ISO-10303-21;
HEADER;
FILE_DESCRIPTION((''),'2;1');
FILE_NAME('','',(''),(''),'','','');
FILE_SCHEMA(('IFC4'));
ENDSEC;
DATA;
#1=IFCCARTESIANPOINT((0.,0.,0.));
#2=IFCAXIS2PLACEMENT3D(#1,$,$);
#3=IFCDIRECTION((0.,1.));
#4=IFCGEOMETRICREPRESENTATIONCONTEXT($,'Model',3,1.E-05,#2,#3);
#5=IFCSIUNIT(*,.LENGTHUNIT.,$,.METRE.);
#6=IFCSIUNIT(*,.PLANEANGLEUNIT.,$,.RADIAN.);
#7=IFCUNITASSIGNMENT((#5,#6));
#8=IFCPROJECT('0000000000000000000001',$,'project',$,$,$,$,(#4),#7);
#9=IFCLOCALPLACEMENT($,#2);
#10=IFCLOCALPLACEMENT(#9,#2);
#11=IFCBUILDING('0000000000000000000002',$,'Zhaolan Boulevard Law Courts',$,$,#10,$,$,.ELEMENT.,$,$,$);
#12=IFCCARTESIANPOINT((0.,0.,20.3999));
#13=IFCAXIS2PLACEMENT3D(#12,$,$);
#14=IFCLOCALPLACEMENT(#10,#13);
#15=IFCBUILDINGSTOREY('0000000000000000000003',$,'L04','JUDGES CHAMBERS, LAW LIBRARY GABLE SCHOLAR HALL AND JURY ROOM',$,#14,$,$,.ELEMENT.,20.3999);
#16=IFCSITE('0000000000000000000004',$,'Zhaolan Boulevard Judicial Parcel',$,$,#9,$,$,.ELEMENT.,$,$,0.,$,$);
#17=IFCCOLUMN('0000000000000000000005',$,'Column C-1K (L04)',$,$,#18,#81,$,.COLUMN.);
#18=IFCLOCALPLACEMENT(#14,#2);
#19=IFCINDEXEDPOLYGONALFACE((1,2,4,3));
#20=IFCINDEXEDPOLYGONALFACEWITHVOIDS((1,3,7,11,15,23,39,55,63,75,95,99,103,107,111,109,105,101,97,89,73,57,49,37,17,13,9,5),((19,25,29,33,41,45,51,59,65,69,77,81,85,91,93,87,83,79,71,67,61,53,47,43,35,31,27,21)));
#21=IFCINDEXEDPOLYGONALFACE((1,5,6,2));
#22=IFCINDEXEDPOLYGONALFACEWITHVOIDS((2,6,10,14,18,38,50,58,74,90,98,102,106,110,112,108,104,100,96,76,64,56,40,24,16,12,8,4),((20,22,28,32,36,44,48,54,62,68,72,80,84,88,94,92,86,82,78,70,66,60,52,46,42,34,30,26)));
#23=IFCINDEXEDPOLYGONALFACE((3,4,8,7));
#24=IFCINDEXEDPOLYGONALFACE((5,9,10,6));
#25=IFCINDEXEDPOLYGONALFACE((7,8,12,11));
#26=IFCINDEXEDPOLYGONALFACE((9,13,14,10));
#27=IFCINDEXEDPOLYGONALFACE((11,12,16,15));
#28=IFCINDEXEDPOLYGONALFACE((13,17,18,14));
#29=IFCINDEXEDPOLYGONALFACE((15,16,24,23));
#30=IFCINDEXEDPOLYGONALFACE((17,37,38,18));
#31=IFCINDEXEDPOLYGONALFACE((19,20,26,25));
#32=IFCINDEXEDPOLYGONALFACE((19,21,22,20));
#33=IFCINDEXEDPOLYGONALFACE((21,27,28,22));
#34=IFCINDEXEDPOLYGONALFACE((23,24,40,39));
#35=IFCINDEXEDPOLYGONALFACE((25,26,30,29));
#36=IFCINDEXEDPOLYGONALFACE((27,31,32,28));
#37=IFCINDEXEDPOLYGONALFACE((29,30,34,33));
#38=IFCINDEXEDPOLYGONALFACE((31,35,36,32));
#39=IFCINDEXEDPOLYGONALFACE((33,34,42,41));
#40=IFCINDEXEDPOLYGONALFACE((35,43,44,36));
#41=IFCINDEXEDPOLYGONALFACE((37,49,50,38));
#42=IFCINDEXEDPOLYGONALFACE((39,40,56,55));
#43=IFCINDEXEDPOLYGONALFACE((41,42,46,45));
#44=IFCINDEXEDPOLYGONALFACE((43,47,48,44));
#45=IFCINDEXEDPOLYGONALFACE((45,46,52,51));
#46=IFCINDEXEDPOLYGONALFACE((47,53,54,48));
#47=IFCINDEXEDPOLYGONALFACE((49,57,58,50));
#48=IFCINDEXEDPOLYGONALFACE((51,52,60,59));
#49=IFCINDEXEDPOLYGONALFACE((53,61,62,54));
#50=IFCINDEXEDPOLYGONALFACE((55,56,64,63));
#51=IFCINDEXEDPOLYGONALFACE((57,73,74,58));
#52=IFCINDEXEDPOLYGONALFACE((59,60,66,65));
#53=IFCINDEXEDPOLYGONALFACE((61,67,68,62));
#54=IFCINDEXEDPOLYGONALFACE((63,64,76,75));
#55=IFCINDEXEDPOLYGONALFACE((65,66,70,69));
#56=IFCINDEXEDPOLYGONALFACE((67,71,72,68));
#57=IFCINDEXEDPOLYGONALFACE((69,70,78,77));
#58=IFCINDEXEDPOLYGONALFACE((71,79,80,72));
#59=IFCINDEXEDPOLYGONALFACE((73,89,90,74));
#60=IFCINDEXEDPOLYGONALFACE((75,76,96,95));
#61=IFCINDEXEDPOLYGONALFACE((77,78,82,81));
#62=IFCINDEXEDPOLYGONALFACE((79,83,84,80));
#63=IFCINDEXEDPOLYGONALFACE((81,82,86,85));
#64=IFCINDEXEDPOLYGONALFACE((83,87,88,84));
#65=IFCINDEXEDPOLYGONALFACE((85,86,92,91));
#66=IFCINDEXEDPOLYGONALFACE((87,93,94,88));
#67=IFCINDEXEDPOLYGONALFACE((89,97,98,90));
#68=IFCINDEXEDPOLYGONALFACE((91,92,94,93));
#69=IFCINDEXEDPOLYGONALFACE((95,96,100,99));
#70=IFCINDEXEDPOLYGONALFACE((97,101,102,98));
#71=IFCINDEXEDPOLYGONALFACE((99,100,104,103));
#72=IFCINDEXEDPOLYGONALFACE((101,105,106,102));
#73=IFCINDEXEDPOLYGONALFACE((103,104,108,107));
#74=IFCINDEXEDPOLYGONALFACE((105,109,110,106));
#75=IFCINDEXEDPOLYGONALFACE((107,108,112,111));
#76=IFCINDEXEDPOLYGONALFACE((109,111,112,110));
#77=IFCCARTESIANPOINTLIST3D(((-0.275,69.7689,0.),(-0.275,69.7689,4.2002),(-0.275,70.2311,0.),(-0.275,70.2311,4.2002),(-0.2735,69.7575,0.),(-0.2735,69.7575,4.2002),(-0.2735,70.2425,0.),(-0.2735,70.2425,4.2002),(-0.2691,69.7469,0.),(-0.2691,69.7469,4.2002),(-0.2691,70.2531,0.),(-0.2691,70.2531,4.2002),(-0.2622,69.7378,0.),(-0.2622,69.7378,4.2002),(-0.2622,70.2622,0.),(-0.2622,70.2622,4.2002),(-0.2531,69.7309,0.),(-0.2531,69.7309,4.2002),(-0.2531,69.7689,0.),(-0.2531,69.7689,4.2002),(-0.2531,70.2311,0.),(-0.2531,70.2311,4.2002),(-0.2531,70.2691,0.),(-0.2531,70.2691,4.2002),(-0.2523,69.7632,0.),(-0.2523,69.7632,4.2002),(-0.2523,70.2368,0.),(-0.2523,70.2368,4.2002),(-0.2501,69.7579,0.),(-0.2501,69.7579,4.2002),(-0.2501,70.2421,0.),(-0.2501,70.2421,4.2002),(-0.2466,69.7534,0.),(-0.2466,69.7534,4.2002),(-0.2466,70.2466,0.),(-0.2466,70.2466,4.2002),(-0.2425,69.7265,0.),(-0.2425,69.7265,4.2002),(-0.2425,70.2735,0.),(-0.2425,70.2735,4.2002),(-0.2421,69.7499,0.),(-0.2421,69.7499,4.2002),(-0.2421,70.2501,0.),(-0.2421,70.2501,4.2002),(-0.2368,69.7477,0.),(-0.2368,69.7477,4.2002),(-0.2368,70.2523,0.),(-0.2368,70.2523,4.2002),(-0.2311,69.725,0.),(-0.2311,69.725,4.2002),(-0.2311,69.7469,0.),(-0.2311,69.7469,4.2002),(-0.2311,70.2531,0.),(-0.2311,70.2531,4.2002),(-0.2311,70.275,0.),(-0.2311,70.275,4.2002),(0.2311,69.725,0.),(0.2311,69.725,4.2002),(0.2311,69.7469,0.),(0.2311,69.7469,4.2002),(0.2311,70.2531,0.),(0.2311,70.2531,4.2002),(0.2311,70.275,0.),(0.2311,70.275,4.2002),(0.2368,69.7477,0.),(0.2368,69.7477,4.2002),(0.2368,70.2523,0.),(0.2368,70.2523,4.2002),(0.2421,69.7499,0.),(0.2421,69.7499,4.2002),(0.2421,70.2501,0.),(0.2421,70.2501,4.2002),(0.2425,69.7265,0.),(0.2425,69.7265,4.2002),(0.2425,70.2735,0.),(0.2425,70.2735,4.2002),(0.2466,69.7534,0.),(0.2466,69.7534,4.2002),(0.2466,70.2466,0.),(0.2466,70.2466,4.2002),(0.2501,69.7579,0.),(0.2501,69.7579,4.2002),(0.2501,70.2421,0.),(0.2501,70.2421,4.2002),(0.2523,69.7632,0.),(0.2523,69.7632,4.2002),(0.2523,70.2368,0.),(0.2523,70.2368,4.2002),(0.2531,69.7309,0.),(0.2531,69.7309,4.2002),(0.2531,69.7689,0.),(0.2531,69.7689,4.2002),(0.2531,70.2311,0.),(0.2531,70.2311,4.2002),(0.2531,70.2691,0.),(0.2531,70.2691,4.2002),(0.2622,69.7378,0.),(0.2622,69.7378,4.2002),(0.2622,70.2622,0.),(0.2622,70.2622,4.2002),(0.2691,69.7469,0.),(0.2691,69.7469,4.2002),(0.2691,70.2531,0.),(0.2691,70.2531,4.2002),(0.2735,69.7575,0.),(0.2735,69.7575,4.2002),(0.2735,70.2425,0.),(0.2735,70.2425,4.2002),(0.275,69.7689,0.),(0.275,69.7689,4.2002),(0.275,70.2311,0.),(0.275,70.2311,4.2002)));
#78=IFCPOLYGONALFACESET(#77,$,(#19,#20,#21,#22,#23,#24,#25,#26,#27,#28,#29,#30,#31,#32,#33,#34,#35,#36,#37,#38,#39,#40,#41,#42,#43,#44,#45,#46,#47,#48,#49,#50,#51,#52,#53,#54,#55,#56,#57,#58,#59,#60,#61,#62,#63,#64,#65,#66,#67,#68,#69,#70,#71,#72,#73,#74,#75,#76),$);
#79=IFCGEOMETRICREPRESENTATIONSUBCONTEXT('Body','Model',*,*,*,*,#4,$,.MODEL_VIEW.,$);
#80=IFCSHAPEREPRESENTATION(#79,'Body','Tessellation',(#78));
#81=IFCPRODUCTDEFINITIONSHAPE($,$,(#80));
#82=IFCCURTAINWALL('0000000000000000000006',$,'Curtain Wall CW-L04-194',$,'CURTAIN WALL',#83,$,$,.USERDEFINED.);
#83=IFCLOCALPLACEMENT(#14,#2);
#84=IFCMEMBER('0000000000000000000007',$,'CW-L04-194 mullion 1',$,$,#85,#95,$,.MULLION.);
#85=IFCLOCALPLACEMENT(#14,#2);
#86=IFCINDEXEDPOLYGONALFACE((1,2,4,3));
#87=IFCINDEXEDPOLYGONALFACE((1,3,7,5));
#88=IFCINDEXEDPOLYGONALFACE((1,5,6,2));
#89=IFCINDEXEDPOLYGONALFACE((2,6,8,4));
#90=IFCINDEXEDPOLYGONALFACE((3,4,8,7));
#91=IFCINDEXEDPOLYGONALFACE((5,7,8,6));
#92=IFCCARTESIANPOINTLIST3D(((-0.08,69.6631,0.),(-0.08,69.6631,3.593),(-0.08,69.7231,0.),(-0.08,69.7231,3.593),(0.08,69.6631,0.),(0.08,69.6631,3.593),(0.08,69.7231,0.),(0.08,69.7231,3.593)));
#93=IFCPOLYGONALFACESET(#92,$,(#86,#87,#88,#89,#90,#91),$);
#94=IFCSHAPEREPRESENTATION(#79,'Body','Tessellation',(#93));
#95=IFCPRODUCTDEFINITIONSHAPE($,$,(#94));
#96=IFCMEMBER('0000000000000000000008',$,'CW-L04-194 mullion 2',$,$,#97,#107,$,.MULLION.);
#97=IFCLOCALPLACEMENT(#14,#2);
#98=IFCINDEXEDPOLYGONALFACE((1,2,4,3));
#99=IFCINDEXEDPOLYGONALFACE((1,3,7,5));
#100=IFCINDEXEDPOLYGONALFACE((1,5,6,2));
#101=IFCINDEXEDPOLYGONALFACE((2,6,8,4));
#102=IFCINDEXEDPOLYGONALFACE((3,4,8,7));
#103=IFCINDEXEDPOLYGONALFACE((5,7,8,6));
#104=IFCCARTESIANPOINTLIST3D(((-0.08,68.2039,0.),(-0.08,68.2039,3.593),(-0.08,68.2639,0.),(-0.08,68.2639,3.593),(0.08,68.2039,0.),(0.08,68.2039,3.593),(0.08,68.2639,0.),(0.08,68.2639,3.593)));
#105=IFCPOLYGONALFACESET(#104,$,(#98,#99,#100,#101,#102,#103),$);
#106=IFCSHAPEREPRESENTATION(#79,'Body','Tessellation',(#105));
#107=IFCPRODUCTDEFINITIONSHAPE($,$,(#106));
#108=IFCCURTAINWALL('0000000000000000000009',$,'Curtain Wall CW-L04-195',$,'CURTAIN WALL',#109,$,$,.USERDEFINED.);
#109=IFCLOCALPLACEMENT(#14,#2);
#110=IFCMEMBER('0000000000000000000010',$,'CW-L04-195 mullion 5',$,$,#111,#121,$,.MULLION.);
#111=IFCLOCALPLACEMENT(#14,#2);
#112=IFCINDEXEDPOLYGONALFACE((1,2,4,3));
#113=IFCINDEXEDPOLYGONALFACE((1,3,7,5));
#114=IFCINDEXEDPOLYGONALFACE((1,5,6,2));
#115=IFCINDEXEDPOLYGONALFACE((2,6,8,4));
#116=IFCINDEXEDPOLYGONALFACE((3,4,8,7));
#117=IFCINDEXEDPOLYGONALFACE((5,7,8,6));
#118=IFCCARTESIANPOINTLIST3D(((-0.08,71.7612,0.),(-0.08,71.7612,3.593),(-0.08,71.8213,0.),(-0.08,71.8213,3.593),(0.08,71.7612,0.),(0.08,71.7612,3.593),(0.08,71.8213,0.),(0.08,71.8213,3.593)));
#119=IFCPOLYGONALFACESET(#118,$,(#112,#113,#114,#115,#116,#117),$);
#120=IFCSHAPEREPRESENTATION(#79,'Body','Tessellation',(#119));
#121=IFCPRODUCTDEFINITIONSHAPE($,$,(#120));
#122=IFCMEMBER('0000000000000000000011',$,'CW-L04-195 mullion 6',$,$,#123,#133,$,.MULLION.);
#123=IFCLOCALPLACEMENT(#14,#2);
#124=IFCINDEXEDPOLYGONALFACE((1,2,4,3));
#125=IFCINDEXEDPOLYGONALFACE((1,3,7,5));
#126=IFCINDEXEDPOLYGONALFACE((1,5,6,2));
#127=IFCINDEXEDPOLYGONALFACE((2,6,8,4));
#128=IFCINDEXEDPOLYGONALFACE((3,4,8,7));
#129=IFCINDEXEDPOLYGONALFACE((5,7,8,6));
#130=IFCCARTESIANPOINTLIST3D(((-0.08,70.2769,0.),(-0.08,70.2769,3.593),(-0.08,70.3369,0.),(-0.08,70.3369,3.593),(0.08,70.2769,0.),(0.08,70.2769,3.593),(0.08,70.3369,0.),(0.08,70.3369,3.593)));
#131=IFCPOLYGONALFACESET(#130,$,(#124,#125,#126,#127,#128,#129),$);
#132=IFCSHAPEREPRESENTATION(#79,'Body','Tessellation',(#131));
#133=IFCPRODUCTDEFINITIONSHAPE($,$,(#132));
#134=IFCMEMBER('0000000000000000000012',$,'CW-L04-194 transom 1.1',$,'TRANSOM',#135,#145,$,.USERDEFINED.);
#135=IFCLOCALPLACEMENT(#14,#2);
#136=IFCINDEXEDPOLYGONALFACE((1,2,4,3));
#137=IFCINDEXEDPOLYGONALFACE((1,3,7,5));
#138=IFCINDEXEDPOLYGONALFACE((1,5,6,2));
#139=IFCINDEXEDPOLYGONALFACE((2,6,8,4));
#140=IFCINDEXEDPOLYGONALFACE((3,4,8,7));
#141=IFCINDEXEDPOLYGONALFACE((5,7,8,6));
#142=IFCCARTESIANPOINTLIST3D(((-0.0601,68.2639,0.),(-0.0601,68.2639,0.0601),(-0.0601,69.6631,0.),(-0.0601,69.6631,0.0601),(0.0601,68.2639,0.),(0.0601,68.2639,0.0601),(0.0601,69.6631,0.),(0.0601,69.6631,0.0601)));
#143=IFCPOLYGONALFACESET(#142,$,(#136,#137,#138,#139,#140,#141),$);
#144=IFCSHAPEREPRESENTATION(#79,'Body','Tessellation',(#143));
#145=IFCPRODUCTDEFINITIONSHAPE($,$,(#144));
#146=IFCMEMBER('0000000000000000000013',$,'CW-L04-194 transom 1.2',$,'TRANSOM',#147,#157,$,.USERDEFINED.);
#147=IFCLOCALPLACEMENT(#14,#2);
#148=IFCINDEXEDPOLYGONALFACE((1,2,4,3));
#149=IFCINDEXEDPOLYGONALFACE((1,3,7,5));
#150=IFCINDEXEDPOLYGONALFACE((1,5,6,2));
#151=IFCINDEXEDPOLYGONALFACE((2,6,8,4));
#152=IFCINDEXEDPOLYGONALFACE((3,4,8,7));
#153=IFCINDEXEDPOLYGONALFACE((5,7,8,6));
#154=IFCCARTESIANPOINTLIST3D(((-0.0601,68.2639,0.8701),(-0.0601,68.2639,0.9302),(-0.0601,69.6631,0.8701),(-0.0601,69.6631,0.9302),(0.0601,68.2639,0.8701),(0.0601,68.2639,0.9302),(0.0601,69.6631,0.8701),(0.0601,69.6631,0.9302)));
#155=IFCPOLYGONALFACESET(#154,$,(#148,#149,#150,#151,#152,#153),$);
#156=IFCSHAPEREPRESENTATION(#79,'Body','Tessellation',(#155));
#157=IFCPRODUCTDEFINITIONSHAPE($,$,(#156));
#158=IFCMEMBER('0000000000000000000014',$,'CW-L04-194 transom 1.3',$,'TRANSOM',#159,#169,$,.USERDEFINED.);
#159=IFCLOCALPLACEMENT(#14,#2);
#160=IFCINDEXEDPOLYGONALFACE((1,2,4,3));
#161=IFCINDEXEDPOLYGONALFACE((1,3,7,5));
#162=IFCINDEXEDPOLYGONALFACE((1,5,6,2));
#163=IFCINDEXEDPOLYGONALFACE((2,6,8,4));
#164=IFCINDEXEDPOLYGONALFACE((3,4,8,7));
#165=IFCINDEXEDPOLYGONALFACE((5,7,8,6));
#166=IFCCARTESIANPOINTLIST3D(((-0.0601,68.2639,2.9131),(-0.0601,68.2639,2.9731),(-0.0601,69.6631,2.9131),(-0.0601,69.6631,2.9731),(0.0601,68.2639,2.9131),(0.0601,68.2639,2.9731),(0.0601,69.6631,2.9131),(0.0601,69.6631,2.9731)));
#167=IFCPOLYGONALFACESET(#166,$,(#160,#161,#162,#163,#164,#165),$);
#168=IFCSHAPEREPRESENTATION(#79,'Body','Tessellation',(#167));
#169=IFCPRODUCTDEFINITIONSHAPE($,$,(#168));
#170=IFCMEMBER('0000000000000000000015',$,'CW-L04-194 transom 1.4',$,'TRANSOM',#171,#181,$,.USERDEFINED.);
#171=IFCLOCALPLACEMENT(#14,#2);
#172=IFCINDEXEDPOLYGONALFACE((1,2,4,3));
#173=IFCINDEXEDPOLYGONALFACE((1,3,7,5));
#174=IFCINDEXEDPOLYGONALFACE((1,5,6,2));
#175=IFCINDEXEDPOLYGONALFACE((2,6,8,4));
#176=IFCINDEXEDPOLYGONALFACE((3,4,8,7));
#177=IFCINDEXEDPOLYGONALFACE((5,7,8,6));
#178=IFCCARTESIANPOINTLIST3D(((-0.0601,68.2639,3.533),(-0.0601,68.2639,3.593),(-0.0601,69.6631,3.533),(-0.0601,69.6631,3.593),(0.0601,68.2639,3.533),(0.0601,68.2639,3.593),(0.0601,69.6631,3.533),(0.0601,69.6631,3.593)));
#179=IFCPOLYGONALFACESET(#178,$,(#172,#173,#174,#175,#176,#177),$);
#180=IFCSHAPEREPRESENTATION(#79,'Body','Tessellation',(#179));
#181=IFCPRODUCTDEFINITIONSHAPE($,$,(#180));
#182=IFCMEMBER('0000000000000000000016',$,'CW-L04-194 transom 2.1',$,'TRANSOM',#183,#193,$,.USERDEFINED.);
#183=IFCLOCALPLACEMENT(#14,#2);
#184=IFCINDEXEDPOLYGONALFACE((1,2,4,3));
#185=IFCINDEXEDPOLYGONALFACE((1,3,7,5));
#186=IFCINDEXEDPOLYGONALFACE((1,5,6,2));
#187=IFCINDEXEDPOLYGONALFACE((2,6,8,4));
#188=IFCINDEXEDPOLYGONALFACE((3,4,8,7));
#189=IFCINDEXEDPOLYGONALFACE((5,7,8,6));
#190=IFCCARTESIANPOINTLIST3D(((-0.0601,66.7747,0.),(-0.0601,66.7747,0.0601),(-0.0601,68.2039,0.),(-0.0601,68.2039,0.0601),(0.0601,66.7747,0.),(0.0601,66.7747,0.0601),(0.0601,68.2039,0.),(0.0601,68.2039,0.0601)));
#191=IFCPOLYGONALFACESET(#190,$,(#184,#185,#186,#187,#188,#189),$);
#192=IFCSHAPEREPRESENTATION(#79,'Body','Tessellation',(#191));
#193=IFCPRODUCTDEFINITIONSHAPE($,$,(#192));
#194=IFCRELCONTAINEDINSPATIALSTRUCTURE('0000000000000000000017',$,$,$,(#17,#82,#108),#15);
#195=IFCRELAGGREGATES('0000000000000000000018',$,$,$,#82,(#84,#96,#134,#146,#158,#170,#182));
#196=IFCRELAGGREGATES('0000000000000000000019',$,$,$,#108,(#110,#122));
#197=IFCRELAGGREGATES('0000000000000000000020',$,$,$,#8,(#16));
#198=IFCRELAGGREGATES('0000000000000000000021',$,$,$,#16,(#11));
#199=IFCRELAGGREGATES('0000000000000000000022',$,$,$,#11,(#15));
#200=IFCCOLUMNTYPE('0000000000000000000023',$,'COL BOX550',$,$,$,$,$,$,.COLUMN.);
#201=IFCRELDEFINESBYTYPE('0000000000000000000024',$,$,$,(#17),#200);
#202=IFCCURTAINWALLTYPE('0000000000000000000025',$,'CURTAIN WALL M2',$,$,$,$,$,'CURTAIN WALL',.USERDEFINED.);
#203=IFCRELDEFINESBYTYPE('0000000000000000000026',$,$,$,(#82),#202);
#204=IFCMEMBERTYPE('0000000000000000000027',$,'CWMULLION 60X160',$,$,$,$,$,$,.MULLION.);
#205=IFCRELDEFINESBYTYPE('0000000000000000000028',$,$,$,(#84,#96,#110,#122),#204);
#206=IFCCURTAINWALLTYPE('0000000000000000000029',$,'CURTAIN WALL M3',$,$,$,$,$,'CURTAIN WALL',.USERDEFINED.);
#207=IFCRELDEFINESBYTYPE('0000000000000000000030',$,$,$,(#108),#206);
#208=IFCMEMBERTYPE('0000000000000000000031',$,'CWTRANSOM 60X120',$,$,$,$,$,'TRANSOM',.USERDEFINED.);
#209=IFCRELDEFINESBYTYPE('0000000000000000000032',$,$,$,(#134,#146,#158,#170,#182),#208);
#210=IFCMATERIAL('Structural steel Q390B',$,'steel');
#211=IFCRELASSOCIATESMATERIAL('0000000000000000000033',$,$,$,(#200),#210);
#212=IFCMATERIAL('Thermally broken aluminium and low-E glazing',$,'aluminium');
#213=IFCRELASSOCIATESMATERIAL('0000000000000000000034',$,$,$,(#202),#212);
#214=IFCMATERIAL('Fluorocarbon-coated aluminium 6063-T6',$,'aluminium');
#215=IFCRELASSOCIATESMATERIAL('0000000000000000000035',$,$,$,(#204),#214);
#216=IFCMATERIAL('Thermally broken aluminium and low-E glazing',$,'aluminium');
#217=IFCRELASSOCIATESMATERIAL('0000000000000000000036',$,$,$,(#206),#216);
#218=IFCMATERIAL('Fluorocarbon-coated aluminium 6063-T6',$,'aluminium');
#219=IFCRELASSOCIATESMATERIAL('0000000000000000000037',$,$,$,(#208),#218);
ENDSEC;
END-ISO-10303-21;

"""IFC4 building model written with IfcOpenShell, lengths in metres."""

from ifc_helpers import new_model, si_unit, direction, frame, origin, origin_2d, place, context, subcontext, project, spatial, rectangle, hollow_rectangle, extrude, material, material_profile, profile_set, type_object, element, aggregate, save


model = new_model("IFC4")

# Units and contexts
model_context = context("Model", 3, precision=1e-05, world=origin(), true_north=direction((0.0, 1.0)))
body_context = subcontext(model_context, "Body", "Model", "MODEL_VIEW")
ifc_project = project(units=[si_unit("LENGTHUNIT", "METRE"), si_unit("PLANEANGLEUNIT", "RADIAN")], contexts=[model_context])

# Site, building, storey
site_placement = place(None, origin())
site = spatial("IfcSite", under=ifc_project, at=site_placement, Name="Zhaolan Boulevard Judicial Parcel", CompositionType="ELEMENT", RefElevation=0.0)
building_placement = place(site_placement, origin())
building = spatial("IfcBuilding", under=site, at=building_placement, Name="Zhaolan Boulevard Law Courts", CompositionType="ELEMENT")
storey_placement = place(building_placement, frame((0.0, 0.0, 20.3999)))
storey = spatial("IfcBuildingStorey", under=building, at=storey_placement, Name="L04", Description="JUDGES CHAMBERS, LAW LIBRARY GABLE SCHOLAR HALL AND JURY ROOM", CompositionType="ELEMENT", Elevation=20.3999)

# Column
ifc_material_1 = material(Name="Structural steel Q390B", Category="steel")
ifc_material_profile_1 = material_profile(ifc_material_1, hollow_rectangle(XDim=0.55, YDim=0.55, WallThickness=0.022, InnerFilletRadius=0.022, OuterFilletRadius=0.0439, at=origin_2d()), Name="BOX550x550x22")
ifc_profile_set_1 = profile_set([ifc_material_profile_1], Name="Structural steel Q390B")
column_type = type_object("IfcColumnType", Name="COL BOX550", PredefinedType="COLUMN", material=ifc_profile_set_1)
column_placement = place(storey_placement, frame((0.0, 70.0, 0.0), z_axis=(0.0, 0.0, 1.0), x_axis=(1.0, 0.0, 0.0)))
element("IfcColumn", 1, at=column_placement, inside=storey, type_object=column_type, Name="Column C-1K (L04)", PredefinedType="COLUMN", context=body_context, shape_type="SweptSolid", body=[
    extrude(hollow_rectangle(XDim=0.55, YDim=0.55, WallThickness=0.022, InnerFilletRadius=0.022, OuterFilletRadius=0.0439, at=origin_2d()), origin(), (0.0, 0.0, 1.0), 4.2002),
])

# Curtain walls, members
ifc_material_2 = material(Name="Thermally broken aluminium and low-E glazing", Category="aluminium")
curtain_wall_type_1 = type_object("IfcCurtainWallType", Name="CURTAIN WALL M2", ElementType="CURTAIN WALL", PredefinedType="USERDEFINED", material=ifc_material_2)
curtain_wall_1_placement = place(storey_placement, origin())
curtain_wall_1 = element("IfcCurtainWall", 2, at=curtain_wall_1_placement, inside=storey, type_object=curtain_wall_type_1, Name="Curtain Wall CW-L04-194", ObjectType="CURTAIN WALL", PredefinedType="USERDEFINED")
ifc_material_3 = material(Name="Fluorocarbon-coated aluminium 6063-T6", Category="aluminium")
ifc_material_profile_2 = material_profile(ifc_material_3, rectangle(XDim=0.1599, YDim=0.0601, at=origin_2d()), Name="AL60x160")
ifc_profile_set_2 = profile_set([ifc_material_profile_2], Name="Fluorocarbon-coated aluminium 6063-T6")
member_type_1 = type_object("IfcMemberType", Name="CWMULLION 60X160", PredefinedType="MULLION", material=ifc_profile_set_2)
member_1_placement = place(storey_placement, frame((0.0, 69.6931, 0.0), z_axis=(0.0, 0.0, 1.0), x_axis=(1.0, 0.0, 0.0)))
member_1 = element("IfcMember", 3, at=member_1_placement, type_object=member_type_1, Name="CW-L04-194 mullion 1", PredefinedType="MULLION", context=body_context, shape_type="SweptSolid", body=[
    extrude(rectangle(XDim=0.1599, YDim=0.0601, at=origin_2d()), origin(), (0.0, 0.0, 1.0), 3.593),
])
member_2_placement = place(storey_placement, frame((0.0, 68.2339, 0.0), z_axis=(0.0, 0.0, 1.0), x_axis=(1.0, 0.0, 0.0)))
member_2 = element("IfcMember", 4, at=member_2_placement, type_object=member_type_1, Name="CW-L04-194 mullion 2", PredefinedType="MULLION", context=body_context, shape_type="SweptSolid", body=[
    extrude(rectangle(XDim=0.1599, YDim=0.0601, at=origin_2d()), origin(), (0.0, 0.0, 1.0), 3.593),
])
ifc_material_4 = material(Name="Thermally broken aluminium and low-E glazing", Category="aluminium")
curtain_wall_type_2 = type_object("IfcCurtainWallType", Name="CURTAIN WALL M3", ElementType="CURTAIN WALL", PredefinedType="USERDEFINED", material=ifc_material_4)
curtain_wall_2_placement = place(storey_placement, origin())
curtain_wall_2 = element("IfcCurtainWall", 5, at=curtain_wall_2_placement, inside=storey, type_object=curtain_wall_type_2, Name="Curtain Wall CW-L04-195", ObjectType="CURTAIN WALL", PredefinedType="USERDEFINED")
member_3_placement = place(storey_placement, frame((0.0, 71.7913, 0.0), z_axis=(0.0, 0.0, 1.0), x_axis=(1.0, 0.0, 0.0)))
member_3 = element("IfcMember", 6, at=member_3_placement, type_object=member_type_1, Name="CW-L04-195 mullion 5", PredefinedType="MULLION", context=body_context, shape_type="SweptSolid", body=[
    extrude(rectangle(XDim=0.1599, YDim=0.0601, at=origin_2d()), origin(), (0.0, 0.0, 1.0), 3.593),
])
member_4_placement = place(storey_placement, frame((0.0, 70.3069, 0.0), z_axis=(0.0, 0.0, 1.0), x_axis=(1.0, 0.0, 0.0)))
member_4 = element("IfcMember", 7, at=member_4_placement, type_object=member_type_1, Name="CW-L04-195 mullion 6", PredefinedType="MULLION", context=body_context, shape_type="SweptSolid", body=[
    extrude(rectangle(XDim=0.1599, YDim=0.0601, at=origin_2d()), origin(), (0.0, 0.0, 1.0), 3.593),
])

# Members
ifc_material_5 = material(Name="Fluorocarbon-coated aluminium 6063-T6", Category="aluminium")
ifc_material_profile_3 = material_profile(ifc_material_5, rectangle(XDim=0.1201, YDim=0.0601, at=origin_2d()), Name="AL60x120")
ifc_profile_set_3 = profile_set([ifc_material_profile_3], Name="Fluorocarbon-coated aluminium 6063-T6")
member_type_2 = type_object("IfcMemberType", Name="CWTRANSOM 60X120", ElementType="TRANSOM", PredefinedType="USERDEFINED", material=ifc_profile_set_3)
member_5_placement = place(storey_placement, frame((0.0, 69.6631, 0.03), z_axis=(0.0, -1.0, 0.0), x_axis=(1.0, 0.0, 0.0)))
member_5 = element("IfcMember", 8, at=member_5_placement, type_object=member_type_2, Name="CW-L04-194 transom 1.1", ObjectType="TRANSOM", PredefinedType="USERDEFINED", context=body_context, shape_type="SweptSolid", body=[
    extrude(rectangle(XDim=0.1201, YDim=0.0601, at=origin_2d()), origin(), (0.0, 0.0, 1.0), 1.3992),
])
member_6_placement = place(storey_placement, frame((0.0, 69.6631, 0.9001), z_axis=(0.0, -1.0, 0.0), x_axis=(1.0, 0.0, 0.0)))
member_6 = element("IfcMember", 9, at=member_6_placement, type_object=member_type_2, Name="CW-L04-194 transom 1.2", ObjectType="TRANSOM", PredefinedType="USERDEFINED", context=body_context, shape_type="SweptSolid", body=[
    extrude(rectangle(XDim=0.1201, YDim=0.0601, at=origin_2d()), origin(), (0.0, 0.0, 1.0), 1.3992),
])
member_7_placement = place(storey_placement, frame((0.0, 69.6631, 2.9431), z_axis=(0.0, -1.0, 0.0), x_axis=(1.0, 0.0, 0.0)))
member_7 = element("IfcMember", 10, at=member_7_placement, type_object=member_type_2, Name="CW-L04-194 transom 1.3", ObjectType="TRANSOM", PredefinedType="USERDEFINED", context=body_context, shape_type="SweptSolid", body=[
    extrude(rectangle(XDim=0.1201, YDim=0.0601, at=origin_2d()), origin(), (0.0, 0.0, 1.0), 1.3992),
])
member_8_placement = place(storey_placement, frame((0.0, 69.6631, 3.563), z_axis=(0.0, -1.0, 0.0), x_axis=(1.0, 0.0, 0.0)))
member_8 = element("IfcMember", 11, at=member_8_placement, type_object=member_type_2, Name="CW-L04-194 transom 1.4", ObjectType="TRANSOM", PredefinedType="USERDEFINED", context=body_context, shape_type="SweptSolid", body=[
    extrude(rectangle(XDim=0.1201, YDim=0.0601, at=origin_2d()), origin(), (0.0, 0.0, 1.0), 1.3992),
])
member_9_placement = place(storey_placement, frame((0.0, 68.2039, 0.03), z_axis=(0.0, -1.0, 0.0), x_axis=(1.0, 0.0, 0.0)))
member_9 = element("IfcMember", 12, at=member_9_placement, type_object=member_type_2, Name="CW-L04-194 transom 2.1", ObjectType="TRANSOM", PredefinedType="USERDEFINED", context=body_context, shape_type="SweptSolid", body=[
    extrude(rectangle(XDim=0.1201, YDim=0.0601, at=origin_2d()), origin(), (0.0, 0.0, 1.0), 1.4292),
])

aggregate(curtain_wall_1, [member_1, member_2, member_5, member_6, member_7, member_8, member_9])
aggregate(curtain_wall_2, [member_3, member_4])

save(model, "model.ifc")
